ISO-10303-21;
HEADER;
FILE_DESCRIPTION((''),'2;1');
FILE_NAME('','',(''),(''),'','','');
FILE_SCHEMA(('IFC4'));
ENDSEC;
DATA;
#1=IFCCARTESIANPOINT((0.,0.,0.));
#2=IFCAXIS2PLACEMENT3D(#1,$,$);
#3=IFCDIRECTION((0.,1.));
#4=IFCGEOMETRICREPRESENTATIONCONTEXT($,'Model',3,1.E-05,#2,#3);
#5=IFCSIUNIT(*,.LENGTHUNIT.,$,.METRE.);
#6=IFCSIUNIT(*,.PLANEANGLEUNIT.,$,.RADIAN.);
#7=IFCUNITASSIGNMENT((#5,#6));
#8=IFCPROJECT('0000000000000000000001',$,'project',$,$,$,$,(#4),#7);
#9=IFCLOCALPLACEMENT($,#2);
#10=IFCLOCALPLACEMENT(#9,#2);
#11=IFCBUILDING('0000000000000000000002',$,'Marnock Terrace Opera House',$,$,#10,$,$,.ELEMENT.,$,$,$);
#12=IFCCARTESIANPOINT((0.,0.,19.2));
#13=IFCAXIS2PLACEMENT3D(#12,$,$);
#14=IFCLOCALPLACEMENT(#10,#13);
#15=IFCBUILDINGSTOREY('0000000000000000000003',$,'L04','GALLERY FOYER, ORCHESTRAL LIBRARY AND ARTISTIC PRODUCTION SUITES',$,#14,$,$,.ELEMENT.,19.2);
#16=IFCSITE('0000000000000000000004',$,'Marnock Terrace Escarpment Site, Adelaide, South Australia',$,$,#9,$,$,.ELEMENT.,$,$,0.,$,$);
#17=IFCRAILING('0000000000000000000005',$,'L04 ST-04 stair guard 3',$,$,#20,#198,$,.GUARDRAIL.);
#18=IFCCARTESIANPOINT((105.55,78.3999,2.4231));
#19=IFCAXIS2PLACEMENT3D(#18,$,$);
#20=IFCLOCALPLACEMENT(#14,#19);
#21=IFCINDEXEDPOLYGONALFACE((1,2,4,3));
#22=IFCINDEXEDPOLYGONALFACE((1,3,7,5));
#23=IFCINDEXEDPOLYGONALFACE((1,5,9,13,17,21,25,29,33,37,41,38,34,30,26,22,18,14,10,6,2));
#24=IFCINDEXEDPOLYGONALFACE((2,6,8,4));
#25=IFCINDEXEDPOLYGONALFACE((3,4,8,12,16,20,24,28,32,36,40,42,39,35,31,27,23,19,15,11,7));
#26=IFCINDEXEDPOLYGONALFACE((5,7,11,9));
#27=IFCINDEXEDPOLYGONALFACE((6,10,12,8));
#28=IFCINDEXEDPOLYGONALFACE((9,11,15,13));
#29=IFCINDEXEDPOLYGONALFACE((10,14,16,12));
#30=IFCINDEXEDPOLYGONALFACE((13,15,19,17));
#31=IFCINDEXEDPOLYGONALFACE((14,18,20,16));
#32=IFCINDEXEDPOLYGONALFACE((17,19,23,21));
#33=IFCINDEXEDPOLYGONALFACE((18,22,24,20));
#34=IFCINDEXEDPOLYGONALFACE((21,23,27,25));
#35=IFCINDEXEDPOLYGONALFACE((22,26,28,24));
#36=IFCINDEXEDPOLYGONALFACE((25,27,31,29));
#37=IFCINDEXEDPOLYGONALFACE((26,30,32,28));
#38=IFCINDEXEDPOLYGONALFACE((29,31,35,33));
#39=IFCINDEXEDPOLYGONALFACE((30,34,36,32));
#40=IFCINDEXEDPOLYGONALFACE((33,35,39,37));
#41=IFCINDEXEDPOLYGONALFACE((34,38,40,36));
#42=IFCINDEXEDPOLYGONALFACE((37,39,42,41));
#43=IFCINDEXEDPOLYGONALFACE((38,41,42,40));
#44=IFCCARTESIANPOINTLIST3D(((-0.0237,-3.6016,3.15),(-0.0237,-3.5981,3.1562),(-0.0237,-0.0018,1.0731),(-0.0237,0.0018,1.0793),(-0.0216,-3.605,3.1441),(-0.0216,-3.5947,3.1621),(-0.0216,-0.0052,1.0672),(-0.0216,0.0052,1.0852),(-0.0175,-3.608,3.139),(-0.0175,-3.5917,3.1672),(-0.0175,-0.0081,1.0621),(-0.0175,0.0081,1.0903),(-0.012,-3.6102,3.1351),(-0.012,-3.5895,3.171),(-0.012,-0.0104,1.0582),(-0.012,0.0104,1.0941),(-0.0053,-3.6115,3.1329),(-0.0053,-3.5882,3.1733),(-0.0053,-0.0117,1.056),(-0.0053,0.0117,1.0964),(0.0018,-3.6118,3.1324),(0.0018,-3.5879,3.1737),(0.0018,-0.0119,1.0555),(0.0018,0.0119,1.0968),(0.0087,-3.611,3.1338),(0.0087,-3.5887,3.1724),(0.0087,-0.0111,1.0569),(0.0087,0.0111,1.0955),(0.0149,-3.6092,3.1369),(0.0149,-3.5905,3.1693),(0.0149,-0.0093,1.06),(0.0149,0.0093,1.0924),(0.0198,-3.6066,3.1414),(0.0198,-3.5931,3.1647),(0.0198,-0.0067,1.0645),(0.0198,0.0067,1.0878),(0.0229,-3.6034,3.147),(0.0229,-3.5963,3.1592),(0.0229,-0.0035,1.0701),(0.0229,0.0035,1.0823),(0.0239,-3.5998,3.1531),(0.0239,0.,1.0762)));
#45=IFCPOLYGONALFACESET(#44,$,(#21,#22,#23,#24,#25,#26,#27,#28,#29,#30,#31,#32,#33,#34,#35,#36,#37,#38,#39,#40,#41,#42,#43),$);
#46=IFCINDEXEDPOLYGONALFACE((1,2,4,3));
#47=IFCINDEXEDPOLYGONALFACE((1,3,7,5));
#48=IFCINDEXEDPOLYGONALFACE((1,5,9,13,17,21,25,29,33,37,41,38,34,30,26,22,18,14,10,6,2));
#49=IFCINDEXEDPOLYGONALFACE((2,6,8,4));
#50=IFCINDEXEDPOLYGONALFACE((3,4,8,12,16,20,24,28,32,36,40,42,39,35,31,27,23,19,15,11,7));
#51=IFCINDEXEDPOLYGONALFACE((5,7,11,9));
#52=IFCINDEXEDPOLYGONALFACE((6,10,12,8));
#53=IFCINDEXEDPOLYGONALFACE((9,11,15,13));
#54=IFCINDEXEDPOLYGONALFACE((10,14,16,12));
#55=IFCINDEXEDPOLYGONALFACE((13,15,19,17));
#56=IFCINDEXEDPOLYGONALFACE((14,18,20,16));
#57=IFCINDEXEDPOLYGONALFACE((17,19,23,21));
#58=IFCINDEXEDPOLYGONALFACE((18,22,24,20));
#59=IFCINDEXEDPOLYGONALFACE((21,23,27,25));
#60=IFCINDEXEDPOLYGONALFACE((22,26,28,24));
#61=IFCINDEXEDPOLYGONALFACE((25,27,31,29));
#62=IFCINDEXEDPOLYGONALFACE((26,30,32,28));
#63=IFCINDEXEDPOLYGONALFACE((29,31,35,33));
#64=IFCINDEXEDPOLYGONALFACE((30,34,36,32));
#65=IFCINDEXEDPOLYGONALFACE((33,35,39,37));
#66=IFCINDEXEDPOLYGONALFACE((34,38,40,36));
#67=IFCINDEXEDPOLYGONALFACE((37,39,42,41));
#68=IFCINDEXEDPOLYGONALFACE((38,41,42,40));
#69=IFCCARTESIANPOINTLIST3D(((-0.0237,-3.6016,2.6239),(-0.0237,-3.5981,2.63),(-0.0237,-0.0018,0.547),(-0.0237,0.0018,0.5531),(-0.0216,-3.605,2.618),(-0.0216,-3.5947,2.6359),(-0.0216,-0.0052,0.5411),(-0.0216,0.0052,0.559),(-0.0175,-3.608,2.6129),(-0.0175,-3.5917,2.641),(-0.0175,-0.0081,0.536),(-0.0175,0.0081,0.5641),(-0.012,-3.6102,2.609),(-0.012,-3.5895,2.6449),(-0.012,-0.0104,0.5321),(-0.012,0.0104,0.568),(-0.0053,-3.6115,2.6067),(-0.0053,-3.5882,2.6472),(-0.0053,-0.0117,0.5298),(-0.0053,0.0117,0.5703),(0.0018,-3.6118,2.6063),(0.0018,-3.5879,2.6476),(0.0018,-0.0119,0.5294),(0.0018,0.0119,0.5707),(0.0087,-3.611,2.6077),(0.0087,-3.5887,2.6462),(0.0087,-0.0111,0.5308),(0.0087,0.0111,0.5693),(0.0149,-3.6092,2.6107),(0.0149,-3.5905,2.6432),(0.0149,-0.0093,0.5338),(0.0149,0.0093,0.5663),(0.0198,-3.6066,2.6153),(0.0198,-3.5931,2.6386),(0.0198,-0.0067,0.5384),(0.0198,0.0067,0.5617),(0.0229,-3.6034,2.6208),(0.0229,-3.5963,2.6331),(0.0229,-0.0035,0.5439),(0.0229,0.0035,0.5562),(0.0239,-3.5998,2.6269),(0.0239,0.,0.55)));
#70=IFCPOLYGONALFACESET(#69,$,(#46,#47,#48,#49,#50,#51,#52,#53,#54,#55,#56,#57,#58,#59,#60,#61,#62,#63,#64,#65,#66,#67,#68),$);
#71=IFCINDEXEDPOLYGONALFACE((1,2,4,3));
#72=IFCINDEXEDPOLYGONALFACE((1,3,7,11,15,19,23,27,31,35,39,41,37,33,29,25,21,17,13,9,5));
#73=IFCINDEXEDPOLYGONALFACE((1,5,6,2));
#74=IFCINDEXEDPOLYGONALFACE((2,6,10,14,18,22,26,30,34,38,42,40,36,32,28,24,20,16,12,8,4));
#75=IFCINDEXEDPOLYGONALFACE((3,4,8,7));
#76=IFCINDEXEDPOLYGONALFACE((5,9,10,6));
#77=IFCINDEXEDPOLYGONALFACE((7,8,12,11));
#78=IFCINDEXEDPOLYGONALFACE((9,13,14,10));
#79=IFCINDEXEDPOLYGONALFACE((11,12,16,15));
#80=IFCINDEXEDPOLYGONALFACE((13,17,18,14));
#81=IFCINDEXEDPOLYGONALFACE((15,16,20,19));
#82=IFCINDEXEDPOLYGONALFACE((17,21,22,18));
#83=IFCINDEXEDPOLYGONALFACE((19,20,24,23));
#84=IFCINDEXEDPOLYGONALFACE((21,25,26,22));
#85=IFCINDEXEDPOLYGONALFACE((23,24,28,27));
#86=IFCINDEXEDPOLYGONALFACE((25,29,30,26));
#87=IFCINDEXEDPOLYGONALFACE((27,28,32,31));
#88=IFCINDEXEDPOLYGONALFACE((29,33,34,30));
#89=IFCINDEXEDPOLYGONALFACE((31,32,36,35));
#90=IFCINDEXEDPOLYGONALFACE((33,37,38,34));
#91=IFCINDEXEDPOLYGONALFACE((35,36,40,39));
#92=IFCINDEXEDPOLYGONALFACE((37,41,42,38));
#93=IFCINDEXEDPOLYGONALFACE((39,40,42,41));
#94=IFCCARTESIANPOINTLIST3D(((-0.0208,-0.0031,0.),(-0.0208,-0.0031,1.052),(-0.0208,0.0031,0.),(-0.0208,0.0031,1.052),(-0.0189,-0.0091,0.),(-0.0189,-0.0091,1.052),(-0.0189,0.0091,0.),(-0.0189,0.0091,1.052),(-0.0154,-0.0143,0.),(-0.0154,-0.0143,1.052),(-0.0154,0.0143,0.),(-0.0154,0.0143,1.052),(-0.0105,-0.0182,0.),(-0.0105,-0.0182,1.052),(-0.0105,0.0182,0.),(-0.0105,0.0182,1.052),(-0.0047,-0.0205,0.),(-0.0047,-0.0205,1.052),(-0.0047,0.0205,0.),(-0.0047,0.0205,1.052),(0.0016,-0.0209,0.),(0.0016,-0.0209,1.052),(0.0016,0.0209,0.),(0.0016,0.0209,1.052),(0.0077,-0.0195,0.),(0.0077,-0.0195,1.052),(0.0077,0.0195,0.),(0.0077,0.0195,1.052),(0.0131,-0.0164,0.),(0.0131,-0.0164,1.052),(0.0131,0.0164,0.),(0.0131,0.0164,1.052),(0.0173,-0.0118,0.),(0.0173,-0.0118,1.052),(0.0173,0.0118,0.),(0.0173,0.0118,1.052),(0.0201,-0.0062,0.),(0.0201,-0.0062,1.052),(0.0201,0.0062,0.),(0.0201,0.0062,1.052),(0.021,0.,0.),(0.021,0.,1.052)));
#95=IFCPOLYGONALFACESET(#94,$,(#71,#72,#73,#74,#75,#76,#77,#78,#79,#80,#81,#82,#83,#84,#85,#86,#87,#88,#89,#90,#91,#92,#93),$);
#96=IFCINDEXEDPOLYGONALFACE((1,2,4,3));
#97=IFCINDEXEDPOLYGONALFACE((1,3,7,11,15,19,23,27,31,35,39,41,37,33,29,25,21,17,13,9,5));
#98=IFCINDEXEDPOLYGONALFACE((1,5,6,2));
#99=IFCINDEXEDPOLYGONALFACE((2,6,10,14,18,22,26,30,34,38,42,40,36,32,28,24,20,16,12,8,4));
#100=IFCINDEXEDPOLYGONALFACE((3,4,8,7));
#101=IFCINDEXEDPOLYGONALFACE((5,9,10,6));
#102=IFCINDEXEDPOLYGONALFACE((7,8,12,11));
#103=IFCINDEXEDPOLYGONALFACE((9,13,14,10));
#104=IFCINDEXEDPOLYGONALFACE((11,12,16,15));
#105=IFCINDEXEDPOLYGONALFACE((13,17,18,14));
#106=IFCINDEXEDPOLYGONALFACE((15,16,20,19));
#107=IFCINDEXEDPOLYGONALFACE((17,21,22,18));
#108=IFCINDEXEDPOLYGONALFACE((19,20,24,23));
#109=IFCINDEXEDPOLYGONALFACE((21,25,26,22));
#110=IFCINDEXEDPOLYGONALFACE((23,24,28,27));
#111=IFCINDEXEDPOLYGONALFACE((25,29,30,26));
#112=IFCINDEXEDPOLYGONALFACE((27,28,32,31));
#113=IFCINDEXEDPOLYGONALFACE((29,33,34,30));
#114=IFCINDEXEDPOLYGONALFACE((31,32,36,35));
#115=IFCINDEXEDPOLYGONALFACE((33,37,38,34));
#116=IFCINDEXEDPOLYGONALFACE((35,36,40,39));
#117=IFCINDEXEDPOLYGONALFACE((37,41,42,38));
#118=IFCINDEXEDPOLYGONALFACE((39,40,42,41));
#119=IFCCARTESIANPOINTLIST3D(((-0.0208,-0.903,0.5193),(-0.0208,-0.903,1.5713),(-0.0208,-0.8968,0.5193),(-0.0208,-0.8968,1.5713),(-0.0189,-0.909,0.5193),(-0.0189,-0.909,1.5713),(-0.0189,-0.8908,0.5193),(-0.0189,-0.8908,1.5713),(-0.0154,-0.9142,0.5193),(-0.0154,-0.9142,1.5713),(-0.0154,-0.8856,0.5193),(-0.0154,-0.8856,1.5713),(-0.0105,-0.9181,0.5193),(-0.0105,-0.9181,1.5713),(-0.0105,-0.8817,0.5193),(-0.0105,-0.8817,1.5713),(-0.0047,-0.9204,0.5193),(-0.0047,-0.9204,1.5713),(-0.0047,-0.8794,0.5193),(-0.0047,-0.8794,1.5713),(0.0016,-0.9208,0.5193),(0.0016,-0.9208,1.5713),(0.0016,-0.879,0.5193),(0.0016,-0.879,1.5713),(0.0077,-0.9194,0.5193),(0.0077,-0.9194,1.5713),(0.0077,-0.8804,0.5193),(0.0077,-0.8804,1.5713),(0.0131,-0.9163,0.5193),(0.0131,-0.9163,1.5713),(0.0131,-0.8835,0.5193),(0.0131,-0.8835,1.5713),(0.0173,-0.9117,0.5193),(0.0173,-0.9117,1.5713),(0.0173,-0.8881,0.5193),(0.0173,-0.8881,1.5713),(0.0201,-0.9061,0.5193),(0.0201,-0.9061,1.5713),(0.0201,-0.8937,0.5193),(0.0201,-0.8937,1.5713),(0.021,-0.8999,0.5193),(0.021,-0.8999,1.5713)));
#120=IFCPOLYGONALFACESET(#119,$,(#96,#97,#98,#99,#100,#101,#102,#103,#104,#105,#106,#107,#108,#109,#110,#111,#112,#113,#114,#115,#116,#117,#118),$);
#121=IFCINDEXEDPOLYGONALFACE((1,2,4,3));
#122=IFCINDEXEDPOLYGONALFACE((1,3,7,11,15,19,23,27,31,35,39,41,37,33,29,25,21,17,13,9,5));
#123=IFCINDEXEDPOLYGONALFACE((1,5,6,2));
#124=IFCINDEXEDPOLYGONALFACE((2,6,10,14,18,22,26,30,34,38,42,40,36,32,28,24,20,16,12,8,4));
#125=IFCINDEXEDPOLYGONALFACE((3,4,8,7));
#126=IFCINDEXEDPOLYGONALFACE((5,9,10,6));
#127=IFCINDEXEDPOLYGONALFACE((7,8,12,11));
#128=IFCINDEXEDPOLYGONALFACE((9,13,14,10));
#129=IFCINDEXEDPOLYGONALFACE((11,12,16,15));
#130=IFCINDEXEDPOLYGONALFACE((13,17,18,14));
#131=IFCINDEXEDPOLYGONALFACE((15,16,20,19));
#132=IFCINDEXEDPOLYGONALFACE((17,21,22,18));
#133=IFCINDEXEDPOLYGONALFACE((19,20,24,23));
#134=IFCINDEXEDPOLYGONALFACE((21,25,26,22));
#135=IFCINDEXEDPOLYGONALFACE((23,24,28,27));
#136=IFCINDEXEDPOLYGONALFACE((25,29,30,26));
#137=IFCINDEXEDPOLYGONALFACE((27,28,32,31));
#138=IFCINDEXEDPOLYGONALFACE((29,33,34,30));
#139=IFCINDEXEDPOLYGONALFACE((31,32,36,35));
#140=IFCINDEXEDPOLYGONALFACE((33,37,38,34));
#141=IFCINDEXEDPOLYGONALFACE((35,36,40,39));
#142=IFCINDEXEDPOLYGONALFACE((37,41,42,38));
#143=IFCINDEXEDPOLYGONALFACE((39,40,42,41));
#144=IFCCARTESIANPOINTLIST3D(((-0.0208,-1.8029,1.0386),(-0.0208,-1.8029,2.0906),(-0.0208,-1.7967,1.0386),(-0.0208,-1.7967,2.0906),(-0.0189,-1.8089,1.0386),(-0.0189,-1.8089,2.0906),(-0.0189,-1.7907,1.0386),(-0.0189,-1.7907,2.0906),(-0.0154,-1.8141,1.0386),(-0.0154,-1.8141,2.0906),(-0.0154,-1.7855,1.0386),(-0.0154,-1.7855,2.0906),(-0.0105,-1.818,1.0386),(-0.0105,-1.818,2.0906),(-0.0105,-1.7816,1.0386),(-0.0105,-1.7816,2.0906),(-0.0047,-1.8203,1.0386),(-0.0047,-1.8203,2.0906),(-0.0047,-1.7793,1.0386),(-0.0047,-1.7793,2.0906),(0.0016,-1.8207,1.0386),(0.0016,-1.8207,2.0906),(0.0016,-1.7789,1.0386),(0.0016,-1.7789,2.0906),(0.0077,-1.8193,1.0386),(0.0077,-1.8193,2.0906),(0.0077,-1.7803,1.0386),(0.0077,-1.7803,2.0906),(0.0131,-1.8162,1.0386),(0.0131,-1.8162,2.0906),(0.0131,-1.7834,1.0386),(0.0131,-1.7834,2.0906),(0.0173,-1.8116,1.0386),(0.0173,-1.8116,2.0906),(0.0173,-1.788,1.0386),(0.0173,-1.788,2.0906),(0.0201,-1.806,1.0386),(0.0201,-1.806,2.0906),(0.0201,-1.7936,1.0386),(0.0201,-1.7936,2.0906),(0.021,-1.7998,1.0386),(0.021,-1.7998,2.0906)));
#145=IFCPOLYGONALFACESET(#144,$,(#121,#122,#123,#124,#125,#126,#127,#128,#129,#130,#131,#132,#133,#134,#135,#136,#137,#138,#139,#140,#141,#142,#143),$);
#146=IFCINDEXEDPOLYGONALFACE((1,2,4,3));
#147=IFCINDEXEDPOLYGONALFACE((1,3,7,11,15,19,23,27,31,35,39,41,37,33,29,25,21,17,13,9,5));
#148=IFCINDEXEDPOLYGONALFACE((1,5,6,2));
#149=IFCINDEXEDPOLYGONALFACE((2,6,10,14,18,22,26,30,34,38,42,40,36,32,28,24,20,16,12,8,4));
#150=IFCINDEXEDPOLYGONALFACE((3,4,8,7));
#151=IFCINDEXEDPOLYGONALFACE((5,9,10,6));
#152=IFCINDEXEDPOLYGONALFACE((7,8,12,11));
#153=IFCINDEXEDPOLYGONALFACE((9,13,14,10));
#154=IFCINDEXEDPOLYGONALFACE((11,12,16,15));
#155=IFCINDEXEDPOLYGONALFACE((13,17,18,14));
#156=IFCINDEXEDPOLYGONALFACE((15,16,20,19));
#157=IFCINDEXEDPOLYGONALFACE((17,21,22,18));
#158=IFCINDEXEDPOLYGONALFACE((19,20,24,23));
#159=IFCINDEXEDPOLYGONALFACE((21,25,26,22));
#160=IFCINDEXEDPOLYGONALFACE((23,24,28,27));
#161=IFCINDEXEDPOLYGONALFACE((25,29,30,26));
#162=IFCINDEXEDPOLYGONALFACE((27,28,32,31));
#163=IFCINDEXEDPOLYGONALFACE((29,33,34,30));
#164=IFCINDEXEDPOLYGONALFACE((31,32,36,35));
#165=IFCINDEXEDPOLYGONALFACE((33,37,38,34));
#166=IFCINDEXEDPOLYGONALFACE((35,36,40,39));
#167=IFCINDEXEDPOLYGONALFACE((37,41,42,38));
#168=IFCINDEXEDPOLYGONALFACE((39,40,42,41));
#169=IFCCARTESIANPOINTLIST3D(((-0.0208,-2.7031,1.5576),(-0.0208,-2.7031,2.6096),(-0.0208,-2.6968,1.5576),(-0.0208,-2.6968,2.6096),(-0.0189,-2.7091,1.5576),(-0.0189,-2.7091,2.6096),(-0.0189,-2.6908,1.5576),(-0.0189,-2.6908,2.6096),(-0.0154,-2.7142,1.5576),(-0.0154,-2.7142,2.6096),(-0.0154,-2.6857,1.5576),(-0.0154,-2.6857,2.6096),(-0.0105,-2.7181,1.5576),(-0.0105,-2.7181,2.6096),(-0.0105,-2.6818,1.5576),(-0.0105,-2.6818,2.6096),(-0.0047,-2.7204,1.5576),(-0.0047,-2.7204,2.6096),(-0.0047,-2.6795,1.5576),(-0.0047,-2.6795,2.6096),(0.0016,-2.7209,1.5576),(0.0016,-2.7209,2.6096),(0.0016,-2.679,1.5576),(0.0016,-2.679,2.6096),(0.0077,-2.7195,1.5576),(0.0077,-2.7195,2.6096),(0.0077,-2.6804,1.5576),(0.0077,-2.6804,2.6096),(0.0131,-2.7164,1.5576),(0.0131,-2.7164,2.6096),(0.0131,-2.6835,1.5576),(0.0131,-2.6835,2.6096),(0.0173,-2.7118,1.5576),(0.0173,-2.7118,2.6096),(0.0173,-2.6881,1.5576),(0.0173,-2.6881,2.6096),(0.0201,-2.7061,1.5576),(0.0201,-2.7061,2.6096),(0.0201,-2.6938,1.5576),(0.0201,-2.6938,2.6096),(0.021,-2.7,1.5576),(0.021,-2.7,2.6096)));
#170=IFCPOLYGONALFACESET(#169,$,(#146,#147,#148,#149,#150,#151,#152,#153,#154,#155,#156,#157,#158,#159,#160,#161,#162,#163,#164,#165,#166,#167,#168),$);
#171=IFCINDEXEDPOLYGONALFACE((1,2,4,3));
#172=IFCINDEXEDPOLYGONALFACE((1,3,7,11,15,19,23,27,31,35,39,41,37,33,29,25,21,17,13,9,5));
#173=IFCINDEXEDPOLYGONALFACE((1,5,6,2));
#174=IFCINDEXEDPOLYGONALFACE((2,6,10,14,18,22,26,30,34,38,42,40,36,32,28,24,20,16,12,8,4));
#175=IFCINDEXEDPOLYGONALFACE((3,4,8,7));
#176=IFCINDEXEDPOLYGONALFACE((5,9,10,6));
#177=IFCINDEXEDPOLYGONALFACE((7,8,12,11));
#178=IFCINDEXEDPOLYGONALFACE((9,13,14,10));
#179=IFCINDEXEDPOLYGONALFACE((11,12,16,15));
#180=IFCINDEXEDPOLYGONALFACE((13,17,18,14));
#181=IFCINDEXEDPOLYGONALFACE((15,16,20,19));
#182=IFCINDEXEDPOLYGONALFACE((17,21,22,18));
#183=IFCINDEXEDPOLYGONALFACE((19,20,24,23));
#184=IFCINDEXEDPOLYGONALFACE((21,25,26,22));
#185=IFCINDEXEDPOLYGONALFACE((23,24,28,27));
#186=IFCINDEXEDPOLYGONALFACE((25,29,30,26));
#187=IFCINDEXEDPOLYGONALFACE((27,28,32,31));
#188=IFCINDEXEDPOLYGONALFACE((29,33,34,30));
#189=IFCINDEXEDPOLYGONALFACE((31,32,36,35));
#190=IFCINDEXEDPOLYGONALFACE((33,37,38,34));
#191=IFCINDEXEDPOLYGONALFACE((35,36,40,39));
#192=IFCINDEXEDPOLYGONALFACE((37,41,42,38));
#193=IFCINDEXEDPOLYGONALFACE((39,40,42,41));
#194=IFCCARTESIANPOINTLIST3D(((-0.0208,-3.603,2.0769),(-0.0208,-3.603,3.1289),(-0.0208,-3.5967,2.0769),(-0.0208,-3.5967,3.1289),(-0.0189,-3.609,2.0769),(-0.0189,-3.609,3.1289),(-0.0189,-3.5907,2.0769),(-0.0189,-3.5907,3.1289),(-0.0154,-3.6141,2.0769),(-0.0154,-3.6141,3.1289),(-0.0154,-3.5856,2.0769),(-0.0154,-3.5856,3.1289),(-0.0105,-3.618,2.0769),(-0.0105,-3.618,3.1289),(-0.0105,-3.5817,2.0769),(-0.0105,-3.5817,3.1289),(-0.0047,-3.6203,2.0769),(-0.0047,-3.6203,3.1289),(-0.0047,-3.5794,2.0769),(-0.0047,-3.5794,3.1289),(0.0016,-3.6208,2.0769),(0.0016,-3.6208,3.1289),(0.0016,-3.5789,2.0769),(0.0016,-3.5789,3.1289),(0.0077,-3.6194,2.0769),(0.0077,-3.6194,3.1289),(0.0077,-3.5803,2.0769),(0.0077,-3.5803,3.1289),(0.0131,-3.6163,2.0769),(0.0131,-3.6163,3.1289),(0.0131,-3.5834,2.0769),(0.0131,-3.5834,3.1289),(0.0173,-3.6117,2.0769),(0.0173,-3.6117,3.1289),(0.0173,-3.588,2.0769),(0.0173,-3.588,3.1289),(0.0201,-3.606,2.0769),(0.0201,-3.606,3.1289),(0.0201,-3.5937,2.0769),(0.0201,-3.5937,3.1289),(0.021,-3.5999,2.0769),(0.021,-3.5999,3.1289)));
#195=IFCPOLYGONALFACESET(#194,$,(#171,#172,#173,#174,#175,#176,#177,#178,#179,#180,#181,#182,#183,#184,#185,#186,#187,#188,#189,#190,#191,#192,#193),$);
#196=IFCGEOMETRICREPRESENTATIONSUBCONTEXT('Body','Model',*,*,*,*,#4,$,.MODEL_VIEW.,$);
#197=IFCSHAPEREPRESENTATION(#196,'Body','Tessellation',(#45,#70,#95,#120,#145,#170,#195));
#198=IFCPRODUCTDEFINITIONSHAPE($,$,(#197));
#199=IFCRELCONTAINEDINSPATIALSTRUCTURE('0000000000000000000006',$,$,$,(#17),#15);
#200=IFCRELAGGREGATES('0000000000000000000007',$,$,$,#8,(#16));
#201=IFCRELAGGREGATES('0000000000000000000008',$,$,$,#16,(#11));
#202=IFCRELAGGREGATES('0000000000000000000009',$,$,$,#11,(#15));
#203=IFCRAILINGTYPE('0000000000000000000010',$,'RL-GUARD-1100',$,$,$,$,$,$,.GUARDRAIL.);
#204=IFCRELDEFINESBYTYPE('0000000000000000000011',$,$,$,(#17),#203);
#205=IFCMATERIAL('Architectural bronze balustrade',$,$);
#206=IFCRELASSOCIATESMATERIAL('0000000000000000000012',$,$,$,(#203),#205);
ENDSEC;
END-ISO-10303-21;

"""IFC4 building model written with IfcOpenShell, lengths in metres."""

from ifc_helpers import new_model, si_unit, direction, frame, origin, origin_2d, place, context, subcontext, project, spatial, circle, extrude, material, type_object, element, save


model = new_model("IFC4")

# Units and contexts
model_context = context("Model", 3, precision=1e-05, world=origin(), true_north=direction((0.0, 1.0)))
body_context = subcontext(model_context, "Body", "Model", "MODEL_VIEW")
ifc_project = project(units=[si_unit("LENGTHUNIT", "METRE"), si_unit("PLANEANGLEUNIT", "RADIAN")], contexts=[model_context])

# Site, building, storey
site_placement = place(None, origin())
site = spatial("IfcSite", under=ifc_project, at=site_placement, Name="Marnock Terrace Escarpment Site, Adelaide, South Australia", CompositionType="ELEMENT", RefElevation=0.0)
building_placement = place(site_placement, origin())
building = spatial("IfcBuilding", under=site, at=building_placement, Name="Marnock Terrace Opera House", CompositionType="ELEMENT")
storey_placement = place(building_placement, frame((0.0, 0.0, 19.2)))
storey = spatial("IfcBuildingStorey", under=building, at=storey_placement, Name="L04", Description="GALLERY FOYER, ORCHESTRAL LIBRARY AND ARTISTIC PRODUCTION SUITES", CompositionType="ELEMENT", Elevation=19.2)

# Railing
ifc_material_1 = material(Name="Architectural bronze balustrade")
railing_type_1 = type_object("IfcRailingType", Name="RL-GUARD-1100", PredefinedType="GUARDRAIL", material=ifc_material_1)
railing_1_placement = place(storey_placement, frame((105.55, 78.3999, 2.4231)))
element("IfcRailing", 1, at=railing_1_placement, inside=storey, type_object=railing_type_1, Name="L04 ST-04 stair guard 3", PredefinedType="GUARDRAIL", context=body_context, shape_type="SweptSolid", body=[
    extrude(circle(Radius=0.0239, at=origin_2d()), frame((0.0, 0.0, 1.0762), z_axis=(0.0, -0.866179, 0.499734), x_axis=(1.0, 0.0, 0.0)), (0.0, 0.0, 1.0), 4.156),
    extrude(circle(Radius=0.0239, at=origin_2d()), frame((0.0, 0.0, 0.55), z_axis=(0.0, -0.866179, 0.499734), x_axis=(1.0, 0.0, 0.0)), (0.0, 0.0, 1.0), 4.156),
    extrude(circle(Radius=0.021, at=origin_2d()), origin(), (0.0, 0.0, 1.0), 1.052),
    extrude(circle(Radius=0.021, at=origin_2d()), frame((0.0, -0.8999, 0.5193)), (0.0, 0.0, 1.0), 1.052),
    extrude(circle(Radius=0.021, at=origin_2d()), frame((0.0, -1.7998, 1.0386)), (0.0, 0.0, 1.0), 1.052),
    extrude(circle(Radius=0.021, at=origin_2d()), frame((0.0, -2.7, 1.5576)), (0.0, 0.0, 1.0), 1.052),
    extrude(circle(Radius=0.021, at=origin_2d()), frame((0.0, -3.5999, 2.0769)), (0.0, 0.0, 1.0), 1.052),
])

save(model, "model.ifc")
